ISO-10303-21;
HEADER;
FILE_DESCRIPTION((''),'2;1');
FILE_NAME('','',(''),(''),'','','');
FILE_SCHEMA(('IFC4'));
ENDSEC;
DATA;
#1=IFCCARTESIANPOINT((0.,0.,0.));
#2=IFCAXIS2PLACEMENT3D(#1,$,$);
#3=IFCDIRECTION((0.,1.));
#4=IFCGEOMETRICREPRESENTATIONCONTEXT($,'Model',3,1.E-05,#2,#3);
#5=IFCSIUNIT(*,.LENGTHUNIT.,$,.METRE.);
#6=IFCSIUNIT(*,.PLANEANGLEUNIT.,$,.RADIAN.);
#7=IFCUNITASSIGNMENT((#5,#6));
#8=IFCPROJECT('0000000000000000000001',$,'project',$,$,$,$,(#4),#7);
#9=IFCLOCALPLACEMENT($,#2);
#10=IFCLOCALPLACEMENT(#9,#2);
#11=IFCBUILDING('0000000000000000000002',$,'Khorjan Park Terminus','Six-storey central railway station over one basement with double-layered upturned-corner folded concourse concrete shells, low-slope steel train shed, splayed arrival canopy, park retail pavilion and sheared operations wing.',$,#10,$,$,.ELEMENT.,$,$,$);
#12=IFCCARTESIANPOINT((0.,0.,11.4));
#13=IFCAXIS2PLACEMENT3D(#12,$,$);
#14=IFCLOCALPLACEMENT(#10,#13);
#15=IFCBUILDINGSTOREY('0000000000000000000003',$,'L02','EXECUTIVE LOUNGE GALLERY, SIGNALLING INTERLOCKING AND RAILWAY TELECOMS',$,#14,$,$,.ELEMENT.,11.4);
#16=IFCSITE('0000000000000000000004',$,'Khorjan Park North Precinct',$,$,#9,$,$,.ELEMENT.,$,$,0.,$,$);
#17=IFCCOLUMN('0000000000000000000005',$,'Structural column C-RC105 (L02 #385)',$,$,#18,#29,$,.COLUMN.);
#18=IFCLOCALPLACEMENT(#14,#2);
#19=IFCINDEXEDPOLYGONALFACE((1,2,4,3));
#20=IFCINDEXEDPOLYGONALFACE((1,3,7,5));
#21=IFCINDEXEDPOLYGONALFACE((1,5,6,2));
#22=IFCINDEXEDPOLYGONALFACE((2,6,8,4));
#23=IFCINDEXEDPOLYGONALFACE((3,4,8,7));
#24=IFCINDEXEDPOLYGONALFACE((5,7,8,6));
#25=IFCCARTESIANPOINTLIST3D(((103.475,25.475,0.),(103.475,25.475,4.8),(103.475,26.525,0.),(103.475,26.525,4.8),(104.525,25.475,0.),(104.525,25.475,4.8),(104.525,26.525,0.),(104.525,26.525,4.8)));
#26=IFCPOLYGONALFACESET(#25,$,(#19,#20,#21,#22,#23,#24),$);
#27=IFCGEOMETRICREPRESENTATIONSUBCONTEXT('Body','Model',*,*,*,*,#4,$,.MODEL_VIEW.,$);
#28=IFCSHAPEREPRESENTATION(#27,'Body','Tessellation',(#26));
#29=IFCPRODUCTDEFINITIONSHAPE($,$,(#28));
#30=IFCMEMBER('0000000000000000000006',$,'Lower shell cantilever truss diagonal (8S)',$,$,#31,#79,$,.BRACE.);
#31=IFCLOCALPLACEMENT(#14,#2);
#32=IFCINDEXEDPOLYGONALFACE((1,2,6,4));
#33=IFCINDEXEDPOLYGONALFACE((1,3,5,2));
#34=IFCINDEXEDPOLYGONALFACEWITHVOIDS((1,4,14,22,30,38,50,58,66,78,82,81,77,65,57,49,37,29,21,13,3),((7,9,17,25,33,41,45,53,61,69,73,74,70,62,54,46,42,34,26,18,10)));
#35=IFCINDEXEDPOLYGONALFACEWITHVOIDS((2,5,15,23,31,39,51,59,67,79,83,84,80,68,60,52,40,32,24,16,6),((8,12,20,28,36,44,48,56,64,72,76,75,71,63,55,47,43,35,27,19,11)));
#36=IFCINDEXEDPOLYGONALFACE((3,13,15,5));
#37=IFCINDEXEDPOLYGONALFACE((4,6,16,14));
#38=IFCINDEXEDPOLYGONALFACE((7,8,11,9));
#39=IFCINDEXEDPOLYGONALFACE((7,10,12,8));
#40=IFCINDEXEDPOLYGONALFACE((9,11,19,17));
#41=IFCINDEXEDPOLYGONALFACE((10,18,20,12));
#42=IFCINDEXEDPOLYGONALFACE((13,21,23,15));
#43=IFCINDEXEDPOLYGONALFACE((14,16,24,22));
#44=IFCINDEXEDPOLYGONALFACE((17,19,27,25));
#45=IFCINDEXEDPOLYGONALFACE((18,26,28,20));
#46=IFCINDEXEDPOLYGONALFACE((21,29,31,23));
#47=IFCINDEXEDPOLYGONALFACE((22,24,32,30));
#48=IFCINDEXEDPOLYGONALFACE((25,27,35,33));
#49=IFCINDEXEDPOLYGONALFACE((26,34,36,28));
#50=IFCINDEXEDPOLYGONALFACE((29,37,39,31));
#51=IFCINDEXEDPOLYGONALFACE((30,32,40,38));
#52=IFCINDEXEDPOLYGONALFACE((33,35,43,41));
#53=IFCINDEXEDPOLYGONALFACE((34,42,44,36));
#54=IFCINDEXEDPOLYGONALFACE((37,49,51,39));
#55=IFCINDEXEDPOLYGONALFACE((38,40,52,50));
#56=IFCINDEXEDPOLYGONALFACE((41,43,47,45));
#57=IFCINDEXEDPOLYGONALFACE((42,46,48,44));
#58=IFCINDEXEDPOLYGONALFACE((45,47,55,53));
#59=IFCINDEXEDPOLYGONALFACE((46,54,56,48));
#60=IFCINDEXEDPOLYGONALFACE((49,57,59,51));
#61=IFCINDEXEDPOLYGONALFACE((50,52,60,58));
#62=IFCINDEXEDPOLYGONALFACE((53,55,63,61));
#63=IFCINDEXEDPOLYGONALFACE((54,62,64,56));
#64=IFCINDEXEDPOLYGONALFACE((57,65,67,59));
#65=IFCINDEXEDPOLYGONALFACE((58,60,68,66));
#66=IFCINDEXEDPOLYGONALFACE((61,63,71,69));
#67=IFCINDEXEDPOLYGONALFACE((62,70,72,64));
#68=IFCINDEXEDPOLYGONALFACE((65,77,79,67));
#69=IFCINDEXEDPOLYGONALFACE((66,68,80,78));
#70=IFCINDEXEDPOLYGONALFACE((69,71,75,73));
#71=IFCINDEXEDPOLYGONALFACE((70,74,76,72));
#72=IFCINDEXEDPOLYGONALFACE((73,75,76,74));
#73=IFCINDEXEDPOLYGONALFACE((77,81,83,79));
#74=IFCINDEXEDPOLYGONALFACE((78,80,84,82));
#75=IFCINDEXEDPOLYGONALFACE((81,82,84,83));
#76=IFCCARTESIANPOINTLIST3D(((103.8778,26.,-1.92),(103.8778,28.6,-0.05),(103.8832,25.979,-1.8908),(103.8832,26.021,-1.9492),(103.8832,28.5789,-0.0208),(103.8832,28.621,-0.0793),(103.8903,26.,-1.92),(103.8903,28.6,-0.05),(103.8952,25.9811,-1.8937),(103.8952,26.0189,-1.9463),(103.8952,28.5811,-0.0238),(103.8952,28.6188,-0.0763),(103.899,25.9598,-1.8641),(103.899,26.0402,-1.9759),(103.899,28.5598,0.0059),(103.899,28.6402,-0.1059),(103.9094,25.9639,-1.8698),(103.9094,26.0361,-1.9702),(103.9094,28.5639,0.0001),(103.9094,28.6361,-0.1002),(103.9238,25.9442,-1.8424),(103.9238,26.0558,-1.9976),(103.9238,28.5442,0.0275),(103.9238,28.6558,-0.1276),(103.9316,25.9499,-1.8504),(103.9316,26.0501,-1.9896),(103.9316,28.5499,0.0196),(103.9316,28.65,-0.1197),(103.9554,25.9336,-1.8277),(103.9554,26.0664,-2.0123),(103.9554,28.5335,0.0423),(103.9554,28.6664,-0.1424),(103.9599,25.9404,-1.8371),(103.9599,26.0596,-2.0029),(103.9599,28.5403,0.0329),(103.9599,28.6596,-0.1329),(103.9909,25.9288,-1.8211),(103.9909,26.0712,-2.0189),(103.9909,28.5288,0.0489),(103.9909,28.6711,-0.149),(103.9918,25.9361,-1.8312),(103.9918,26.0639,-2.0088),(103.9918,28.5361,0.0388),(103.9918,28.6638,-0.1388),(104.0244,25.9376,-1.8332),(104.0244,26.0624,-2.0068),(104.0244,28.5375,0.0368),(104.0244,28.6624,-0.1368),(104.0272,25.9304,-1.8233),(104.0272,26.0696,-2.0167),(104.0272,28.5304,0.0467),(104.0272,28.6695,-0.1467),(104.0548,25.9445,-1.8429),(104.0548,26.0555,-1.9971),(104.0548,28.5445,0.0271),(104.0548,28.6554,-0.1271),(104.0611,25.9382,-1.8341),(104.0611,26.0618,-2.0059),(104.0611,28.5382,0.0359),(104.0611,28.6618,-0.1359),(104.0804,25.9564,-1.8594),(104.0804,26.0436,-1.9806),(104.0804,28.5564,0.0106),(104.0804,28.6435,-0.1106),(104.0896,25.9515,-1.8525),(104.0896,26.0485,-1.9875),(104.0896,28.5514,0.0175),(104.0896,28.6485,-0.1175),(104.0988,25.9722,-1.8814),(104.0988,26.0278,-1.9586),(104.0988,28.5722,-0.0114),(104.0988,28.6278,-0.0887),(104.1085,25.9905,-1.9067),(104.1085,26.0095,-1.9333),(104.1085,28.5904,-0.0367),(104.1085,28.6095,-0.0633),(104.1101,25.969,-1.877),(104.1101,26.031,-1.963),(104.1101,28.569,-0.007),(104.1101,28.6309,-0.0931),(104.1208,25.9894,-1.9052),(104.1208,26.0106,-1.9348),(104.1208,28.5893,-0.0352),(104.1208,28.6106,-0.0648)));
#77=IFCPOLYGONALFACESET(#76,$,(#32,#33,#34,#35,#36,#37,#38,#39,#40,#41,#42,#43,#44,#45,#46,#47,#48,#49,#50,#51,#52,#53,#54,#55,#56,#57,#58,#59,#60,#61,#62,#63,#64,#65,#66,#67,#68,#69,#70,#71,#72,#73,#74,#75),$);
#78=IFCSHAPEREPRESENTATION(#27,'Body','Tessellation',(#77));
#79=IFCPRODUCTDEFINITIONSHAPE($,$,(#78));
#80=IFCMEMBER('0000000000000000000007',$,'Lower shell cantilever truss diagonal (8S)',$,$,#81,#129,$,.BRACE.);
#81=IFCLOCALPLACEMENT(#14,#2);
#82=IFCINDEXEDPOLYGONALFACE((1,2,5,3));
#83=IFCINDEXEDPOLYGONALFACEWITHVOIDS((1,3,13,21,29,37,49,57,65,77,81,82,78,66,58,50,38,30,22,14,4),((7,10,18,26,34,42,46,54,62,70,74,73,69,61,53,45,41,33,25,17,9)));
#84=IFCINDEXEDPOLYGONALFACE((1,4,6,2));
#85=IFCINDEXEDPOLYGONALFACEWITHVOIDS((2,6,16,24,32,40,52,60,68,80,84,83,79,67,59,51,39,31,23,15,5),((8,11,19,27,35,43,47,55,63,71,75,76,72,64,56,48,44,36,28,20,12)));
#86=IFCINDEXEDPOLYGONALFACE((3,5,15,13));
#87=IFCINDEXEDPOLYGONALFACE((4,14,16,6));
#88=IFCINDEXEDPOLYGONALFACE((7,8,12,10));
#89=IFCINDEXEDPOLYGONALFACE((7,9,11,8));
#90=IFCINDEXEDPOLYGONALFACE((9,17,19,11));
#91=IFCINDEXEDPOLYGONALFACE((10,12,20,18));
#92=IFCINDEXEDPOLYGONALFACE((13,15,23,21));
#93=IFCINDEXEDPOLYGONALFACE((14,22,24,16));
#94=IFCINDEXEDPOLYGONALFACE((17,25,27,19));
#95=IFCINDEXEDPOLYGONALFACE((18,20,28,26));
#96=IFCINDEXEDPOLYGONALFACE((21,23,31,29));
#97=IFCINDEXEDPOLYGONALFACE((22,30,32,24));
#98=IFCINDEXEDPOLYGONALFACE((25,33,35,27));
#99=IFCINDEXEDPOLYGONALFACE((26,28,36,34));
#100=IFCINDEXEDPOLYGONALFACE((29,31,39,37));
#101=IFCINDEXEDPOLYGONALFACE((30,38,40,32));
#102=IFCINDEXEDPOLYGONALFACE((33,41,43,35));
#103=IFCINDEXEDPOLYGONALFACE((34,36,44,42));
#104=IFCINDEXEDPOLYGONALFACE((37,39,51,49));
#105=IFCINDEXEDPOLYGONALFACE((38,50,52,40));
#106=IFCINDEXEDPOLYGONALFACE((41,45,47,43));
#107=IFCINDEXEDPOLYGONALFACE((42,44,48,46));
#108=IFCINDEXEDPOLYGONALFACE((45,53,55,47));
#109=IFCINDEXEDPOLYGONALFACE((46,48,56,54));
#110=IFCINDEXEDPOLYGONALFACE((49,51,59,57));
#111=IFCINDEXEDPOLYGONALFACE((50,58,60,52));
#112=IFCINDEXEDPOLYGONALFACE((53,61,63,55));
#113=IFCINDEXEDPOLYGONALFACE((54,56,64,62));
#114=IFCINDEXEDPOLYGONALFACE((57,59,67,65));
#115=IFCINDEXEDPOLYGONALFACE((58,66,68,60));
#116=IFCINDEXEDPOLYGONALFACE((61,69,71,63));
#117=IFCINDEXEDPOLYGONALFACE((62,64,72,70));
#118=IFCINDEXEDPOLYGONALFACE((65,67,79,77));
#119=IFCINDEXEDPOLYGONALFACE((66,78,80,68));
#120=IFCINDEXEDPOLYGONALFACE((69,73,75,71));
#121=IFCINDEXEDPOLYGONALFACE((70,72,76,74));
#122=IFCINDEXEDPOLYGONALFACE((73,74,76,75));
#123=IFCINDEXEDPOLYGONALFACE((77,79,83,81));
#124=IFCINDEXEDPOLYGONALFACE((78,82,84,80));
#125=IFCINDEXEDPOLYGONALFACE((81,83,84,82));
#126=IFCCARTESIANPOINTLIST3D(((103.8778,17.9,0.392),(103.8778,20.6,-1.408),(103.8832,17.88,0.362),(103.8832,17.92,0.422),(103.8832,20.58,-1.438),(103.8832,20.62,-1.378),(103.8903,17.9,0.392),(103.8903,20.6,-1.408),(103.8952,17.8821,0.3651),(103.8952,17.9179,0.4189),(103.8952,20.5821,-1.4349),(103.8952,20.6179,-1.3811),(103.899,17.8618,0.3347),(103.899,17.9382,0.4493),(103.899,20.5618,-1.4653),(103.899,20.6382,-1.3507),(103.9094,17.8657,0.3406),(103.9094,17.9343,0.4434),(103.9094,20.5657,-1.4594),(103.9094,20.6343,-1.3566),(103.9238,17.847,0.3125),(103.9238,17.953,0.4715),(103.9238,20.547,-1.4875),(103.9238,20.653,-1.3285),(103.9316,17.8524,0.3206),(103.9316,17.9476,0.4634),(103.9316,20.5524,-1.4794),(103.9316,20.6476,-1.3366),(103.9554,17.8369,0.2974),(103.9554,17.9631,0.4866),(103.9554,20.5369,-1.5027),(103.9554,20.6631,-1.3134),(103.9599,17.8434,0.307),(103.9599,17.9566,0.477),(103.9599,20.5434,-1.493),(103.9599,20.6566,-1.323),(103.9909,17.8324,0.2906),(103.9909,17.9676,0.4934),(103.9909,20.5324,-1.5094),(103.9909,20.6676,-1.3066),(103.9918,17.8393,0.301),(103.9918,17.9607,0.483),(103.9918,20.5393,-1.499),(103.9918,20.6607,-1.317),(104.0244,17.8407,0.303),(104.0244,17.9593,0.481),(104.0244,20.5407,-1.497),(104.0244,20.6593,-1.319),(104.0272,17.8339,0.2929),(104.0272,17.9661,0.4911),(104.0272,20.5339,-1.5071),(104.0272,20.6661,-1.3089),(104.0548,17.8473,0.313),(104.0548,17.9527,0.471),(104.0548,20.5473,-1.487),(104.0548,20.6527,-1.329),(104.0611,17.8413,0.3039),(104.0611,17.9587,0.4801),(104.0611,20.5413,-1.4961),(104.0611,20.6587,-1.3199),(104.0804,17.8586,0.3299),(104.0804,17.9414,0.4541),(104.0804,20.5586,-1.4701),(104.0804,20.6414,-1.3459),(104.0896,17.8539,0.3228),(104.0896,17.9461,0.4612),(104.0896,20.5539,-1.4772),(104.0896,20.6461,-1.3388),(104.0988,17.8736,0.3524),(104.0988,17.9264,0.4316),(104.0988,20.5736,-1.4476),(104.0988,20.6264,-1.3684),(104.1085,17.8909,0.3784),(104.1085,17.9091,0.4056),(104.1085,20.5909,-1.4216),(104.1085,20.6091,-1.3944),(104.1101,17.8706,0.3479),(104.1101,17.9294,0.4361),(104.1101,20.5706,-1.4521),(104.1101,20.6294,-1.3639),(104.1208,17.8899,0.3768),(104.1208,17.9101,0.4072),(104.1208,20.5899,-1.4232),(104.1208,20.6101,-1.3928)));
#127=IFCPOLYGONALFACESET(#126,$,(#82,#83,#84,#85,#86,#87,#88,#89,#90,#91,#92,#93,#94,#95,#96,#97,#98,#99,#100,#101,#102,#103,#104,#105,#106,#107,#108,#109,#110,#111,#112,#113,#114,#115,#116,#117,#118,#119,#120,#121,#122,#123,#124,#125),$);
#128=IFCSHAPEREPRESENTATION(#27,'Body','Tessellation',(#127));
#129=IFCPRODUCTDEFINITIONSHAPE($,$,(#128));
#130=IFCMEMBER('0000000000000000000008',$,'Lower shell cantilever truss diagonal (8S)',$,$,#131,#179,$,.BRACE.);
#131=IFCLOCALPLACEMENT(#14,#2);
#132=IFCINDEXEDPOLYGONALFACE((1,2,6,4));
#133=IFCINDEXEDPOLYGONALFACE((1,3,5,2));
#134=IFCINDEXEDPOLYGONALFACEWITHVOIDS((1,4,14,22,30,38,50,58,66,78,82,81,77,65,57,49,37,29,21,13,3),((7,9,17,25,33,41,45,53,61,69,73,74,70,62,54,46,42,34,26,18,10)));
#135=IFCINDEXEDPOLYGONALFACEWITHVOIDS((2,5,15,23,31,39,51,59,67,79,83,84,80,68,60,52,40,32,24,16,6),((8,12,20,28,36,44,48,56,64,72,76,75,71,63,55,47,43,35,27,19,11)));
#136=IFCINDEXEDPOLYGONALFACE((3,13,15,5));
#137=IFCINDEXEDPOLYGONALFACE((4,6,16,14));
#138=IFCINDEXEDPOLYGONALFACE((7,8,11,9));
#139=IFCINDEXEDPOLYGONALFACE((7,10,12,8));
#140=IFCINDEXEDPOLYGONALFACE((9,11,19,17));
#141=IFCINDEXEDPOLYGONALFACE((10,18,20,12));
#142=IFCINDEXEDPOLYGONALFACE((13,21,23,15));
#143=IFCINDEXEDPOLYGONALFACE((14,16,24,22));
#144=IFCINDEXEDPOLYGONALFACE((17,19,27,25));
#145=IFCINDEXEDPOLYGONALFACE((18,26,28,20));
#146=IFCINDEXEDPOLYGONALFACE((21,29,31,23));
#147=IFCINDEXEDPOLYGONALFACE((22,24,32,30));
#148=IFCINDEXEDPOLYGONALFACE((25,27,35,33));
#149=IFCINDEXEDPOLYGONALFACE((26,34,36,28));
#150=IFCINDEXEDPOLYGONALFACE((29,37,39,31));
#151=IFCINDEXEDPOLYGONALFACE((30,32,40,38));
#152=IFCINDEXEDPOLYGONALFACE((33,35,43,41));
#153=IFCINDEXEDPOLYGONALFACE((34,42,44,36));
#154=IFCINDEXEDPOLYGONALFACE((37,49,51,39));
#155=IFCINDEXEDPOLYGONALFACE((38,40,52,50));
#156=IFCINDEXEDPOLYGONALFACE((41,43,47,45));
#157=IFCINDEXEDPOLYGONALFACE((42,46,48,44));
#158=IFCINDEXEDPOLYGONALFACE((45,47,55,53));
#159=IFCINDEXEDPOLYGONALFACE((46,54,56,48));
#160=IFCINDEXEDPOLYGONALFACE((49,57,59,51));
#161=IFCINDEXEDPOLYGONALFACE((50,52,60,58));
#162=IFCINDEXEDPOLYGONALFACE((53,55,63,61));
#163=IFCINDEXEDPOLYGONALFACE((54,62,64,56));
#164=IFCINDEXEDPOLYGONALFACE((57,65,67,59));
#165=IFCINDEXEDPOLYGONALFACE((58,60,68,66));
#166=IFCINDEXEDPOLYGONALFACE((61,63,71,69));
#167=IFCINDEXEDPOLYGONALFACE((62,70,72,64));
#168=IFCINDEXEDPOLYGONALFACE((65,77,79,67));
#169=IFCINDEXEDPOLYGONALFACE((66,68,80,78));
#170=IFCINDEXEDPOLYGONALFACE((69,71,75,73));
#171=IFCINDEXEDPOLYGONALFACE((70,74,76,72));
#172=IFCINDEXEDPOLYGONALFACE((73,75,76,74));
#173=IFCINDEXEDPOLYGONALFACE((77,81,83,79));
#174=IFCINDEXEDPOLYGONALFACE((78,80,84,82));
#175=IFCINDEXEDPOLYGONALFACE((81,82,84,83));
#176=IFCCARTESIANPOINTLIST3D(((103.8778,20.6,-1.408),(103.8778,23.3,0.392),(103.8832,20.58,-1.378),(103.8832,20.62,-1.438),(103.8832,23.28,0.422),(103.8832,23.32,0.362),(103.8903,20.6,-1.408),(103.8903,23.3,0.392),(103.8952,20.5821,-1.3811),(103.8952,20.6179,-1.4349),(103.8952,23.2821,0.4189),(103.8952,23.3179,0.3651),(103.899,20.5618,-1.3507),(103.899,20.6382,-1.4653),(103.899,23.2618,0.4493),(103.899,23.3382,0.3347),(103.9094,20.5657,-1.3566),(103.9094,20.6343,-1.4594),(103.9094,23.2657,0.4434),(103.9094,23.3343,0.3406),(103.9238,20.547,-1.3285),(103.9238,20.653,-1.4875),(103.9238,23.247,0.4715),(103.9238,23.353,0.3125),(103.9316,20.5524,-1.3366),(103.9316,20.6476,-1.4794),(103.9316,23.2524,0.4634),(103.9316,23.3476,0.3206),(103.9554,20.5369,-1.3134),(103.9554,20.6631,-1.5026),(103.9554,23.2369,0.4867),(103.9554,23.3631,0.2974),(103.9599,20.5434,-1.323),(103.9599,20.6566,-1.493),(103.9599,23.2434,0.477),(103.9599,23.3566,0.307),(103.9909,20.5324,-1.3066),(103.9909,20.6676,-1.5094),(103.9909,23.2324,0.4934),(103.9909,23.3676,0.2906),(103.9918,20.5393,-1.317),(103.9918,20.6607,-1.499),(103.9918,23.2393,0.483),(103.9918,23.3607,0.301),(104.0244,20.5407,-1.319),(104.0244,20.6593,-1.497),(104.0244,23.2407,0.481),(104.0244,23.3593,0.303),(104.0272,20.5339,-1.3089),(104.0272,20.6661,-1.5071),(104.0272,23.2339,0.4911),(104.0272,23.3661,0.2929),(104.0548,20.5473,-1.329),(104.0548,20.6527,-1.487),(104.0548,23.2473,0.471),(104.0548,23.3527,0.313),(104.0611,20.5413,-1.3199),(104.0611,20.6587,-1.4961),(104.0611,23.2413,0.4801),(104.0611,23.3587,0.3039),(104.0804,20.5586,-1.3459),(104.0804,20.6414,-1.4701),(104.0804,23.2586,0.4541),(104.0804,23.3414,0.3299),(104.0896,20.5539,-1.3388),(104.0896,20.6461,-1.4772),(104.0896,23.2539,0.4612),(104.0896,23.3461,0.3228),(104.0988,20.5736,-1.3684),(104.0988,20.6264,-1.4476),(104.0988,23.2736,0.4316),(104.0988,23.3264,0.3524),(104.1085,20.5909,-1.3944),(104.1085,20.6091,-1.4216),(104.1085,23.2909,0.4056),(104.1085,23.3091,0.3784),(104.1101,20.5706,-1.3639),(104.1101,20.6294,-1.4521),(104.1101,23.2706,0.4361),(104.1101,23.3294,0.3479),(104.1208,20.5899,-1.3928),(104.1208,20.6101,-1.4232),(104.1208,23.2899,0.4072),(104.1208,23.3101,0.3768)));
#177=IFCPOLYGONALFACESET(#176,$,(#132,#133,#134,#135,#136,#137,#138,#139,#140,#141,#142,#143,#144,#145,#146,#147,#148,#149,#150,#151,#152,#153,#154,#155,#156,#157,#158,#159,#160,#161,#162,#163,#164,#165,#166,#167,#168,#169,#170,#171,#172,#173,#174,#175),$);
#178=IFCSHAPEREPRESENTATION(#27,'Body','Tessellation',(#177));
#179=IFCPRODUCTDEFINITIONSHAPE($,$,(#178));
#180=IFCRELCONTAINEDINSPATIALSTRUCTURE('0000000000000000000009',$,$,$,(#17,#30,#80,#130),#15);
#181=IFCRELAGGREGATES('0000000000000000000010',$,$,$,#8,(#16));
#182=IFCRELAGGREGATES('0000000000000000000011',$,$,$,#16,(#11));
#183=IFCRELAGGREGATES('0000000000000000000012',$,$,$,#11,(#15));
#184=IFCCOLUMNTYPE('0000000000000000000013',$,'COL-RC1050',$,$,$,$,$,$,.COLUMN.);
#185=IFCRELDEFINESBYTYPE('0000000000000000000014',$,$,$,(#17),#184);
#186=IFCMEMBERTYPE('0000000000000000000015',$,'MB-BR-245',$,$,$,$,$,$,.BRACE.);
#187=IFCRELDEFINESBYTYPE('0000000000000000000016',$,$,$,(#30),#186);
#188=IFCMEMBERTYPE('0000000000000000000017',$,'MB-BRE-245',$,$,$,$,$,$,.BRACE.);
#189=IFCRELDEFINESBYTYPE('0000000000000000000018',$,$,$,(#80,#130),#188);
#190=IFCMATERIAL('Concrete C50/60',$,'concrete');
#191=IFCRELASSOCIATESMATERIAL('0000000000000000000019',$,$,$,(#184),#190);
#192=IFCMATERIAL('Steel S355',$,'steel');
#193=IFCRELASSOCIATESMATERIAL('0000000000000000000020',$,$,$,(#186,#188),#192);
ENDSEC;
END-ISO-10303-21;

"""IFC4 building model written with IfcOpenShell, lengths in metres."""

from ifc_helpers import new_model, si_unit, direction, frame, origin, origin_2d, place, context, subcontext, project, spatial, rectangle, hollow_circle, extrude, material, material_profile, profile_set, type_object, element, save


model = new_model("IFC4")

# Units and contexts
model_context = context("Model", 3, precision=1e-05, world=origin(), true_north=direction((0.0, 1.0)))
body_context = subcontext(model_context, "Body", "Model", "MODEL_VIEW")
ifc_project = project(units=[si_unit("LENGTHUNIT", "METRE"), si_unit("PLANEANGLEUNIT", "RADIAN")], contexts=[model_context])

# Site, building, storey
site_placement = place(None, origin())
site = spatial("IfcSite", under=ifc_project, at=site_placement, Name="Khorjan Park North Precinct", CompositionType="ELEMENT", RefElevation=0.0)
building_placement = place(site_placement, origin())
building = spatial("IfcBuilding", under=site, at=building_placement, Name="Khorjan Park Terminus", Description="Six-storey central railway station over one basement with double-layered upturned-corner folded concourse concrete shells, low-slope steel train shed, splayed arrival canopy, park retail pavilion and sheared operations wing.", CompositionType="ELEMENT")
storey_placement = place(building_placement, frame((0.0, 0.0, 11.4)))
storey = spatial("IfcBuildingStorey", under=building, at=storey_placement, Name="L02", Description="EXECUTIVE LOUNGE GALLERY, SIGNALLING INTERLOCKING AND RAILWAY TELECOMS", CompositionType="ELEMENT", Elevation=11.4)

# Column
ifc_material_1 = material(Name="Concrete C50/60", Category="concrete")
ifc_material_profile_1 = material_profile(ifc_material_1, rectangle(XDim=1.05, YDim=1.05, at=origin_2d()), Name="RC 1050x1050")
ifc_profile_set_1 = profile_set([ifc_material_profile_1], Name="Concrete C50/60")
column_type = type_object("IfcColumnType", Name="COL-RC1050", PredefinedType="COLUMN", material=ifc_profile_set_1)
column_placement = place(storey_placement, frame((104.0, 26.0, 0.0), z_axis=(0.0, 0.0, 1.0), x_axis=(1.0, 0.0, 0.0)))
element("IfcColumn", 1, at=column_placement, inside=storey, type_object=column_type, Name="Structural column C-RC105 (L02 #385)", PredefinedType="COLUMN", context=body_context, shape_type="SweptSolid", body=[
    extrude(rectangle(XDim=1.05, YDim=1.05, at=origin_2d()), origin(), (0.0, 0.0, 1.0), 4.8),
])

# Members
ifc_material_2 = material(Name="Steel S355", Category="steel")
ifc_material_profile_2 = material_profile(ifc_material_2, hollow_circle(Radius=0.1222, WallThickness=0.0125, at=origin_2d()), Name="CHS 244.5x12.5")
ifc_profile_set_2 = profile_set([ifc_material_profile_2], Name="Steel S355")
member_type_1 = type_object("IfcMemberType", Name="MB-BR-245", PredefinedType="BRACE", material=ifc_profile_set_2)
member_1_placement = place(storey_placement, frame((104.0, 26.0, -1.92), z_axis=(0.0, 0.81183, 0.583893), x_axis=(-1.0, 0.0, 0.0)))
element("IfcMember", 2, at=member_1_placement, inside=storey, type_object=member_type_1, Name="Lower shell cantilever truss diagonal (8S)", PredefinedType="BRACE", context=body_context, shape_type="SweptSolid", body=[
    extrude(hollow_circle(Radius=0.1222, WallThickness=0.0125, at=origin_2d()), origin(), (0.0, 0.0, 1.0), 3.2026),
])
ifc_material_profile_3 = material_profile(ifc_material_2, hollow_circle(Radius=0.1222, WallThickness=0.0125, at=origin_2d()), Name="CHS 244.5x12.5")
ifc_profile_set_3 = profile_set([ifc_material_profile_3], Name="Steel S355")
member_type_2 = type_object("IfcMemberType", Name="MB-BRE-245", PredefinedType="BRACE", material=ifc_profile_set_3)
for number, where, z_axis, x_axis, name in (
    (3, (104.0, 17.9, 0.392), (0.0, 0.83205, -0.5547), (-1.0, 0.0, 0.0), "Lower shell cantilever truss diagonal (8S)"),
    (4, (104.0, 20.6, -1.408), (0.0, 0.83205, 0.5547), (-1.0, 0.0, 0.0), "Lower shell cantilever truss diagonal (8S)"),
):
    element("IfcMember", number, at=place(storey_placement, frame(where, z_axis=z_axis, x_axis=x_axis)), inside=storey, type_object=member_type_2, Name=name, PredefinedType="BRACE", context=body_context, shape_type="SweptSolid", body=[
        extrude(hollow_circle(Radius=0.1222, WallThickness=0.0125, at=origin_2d()), origin(), (0.0, 0.0, 1.0), 3.245),
    ])

save(model, "model.ifc")
